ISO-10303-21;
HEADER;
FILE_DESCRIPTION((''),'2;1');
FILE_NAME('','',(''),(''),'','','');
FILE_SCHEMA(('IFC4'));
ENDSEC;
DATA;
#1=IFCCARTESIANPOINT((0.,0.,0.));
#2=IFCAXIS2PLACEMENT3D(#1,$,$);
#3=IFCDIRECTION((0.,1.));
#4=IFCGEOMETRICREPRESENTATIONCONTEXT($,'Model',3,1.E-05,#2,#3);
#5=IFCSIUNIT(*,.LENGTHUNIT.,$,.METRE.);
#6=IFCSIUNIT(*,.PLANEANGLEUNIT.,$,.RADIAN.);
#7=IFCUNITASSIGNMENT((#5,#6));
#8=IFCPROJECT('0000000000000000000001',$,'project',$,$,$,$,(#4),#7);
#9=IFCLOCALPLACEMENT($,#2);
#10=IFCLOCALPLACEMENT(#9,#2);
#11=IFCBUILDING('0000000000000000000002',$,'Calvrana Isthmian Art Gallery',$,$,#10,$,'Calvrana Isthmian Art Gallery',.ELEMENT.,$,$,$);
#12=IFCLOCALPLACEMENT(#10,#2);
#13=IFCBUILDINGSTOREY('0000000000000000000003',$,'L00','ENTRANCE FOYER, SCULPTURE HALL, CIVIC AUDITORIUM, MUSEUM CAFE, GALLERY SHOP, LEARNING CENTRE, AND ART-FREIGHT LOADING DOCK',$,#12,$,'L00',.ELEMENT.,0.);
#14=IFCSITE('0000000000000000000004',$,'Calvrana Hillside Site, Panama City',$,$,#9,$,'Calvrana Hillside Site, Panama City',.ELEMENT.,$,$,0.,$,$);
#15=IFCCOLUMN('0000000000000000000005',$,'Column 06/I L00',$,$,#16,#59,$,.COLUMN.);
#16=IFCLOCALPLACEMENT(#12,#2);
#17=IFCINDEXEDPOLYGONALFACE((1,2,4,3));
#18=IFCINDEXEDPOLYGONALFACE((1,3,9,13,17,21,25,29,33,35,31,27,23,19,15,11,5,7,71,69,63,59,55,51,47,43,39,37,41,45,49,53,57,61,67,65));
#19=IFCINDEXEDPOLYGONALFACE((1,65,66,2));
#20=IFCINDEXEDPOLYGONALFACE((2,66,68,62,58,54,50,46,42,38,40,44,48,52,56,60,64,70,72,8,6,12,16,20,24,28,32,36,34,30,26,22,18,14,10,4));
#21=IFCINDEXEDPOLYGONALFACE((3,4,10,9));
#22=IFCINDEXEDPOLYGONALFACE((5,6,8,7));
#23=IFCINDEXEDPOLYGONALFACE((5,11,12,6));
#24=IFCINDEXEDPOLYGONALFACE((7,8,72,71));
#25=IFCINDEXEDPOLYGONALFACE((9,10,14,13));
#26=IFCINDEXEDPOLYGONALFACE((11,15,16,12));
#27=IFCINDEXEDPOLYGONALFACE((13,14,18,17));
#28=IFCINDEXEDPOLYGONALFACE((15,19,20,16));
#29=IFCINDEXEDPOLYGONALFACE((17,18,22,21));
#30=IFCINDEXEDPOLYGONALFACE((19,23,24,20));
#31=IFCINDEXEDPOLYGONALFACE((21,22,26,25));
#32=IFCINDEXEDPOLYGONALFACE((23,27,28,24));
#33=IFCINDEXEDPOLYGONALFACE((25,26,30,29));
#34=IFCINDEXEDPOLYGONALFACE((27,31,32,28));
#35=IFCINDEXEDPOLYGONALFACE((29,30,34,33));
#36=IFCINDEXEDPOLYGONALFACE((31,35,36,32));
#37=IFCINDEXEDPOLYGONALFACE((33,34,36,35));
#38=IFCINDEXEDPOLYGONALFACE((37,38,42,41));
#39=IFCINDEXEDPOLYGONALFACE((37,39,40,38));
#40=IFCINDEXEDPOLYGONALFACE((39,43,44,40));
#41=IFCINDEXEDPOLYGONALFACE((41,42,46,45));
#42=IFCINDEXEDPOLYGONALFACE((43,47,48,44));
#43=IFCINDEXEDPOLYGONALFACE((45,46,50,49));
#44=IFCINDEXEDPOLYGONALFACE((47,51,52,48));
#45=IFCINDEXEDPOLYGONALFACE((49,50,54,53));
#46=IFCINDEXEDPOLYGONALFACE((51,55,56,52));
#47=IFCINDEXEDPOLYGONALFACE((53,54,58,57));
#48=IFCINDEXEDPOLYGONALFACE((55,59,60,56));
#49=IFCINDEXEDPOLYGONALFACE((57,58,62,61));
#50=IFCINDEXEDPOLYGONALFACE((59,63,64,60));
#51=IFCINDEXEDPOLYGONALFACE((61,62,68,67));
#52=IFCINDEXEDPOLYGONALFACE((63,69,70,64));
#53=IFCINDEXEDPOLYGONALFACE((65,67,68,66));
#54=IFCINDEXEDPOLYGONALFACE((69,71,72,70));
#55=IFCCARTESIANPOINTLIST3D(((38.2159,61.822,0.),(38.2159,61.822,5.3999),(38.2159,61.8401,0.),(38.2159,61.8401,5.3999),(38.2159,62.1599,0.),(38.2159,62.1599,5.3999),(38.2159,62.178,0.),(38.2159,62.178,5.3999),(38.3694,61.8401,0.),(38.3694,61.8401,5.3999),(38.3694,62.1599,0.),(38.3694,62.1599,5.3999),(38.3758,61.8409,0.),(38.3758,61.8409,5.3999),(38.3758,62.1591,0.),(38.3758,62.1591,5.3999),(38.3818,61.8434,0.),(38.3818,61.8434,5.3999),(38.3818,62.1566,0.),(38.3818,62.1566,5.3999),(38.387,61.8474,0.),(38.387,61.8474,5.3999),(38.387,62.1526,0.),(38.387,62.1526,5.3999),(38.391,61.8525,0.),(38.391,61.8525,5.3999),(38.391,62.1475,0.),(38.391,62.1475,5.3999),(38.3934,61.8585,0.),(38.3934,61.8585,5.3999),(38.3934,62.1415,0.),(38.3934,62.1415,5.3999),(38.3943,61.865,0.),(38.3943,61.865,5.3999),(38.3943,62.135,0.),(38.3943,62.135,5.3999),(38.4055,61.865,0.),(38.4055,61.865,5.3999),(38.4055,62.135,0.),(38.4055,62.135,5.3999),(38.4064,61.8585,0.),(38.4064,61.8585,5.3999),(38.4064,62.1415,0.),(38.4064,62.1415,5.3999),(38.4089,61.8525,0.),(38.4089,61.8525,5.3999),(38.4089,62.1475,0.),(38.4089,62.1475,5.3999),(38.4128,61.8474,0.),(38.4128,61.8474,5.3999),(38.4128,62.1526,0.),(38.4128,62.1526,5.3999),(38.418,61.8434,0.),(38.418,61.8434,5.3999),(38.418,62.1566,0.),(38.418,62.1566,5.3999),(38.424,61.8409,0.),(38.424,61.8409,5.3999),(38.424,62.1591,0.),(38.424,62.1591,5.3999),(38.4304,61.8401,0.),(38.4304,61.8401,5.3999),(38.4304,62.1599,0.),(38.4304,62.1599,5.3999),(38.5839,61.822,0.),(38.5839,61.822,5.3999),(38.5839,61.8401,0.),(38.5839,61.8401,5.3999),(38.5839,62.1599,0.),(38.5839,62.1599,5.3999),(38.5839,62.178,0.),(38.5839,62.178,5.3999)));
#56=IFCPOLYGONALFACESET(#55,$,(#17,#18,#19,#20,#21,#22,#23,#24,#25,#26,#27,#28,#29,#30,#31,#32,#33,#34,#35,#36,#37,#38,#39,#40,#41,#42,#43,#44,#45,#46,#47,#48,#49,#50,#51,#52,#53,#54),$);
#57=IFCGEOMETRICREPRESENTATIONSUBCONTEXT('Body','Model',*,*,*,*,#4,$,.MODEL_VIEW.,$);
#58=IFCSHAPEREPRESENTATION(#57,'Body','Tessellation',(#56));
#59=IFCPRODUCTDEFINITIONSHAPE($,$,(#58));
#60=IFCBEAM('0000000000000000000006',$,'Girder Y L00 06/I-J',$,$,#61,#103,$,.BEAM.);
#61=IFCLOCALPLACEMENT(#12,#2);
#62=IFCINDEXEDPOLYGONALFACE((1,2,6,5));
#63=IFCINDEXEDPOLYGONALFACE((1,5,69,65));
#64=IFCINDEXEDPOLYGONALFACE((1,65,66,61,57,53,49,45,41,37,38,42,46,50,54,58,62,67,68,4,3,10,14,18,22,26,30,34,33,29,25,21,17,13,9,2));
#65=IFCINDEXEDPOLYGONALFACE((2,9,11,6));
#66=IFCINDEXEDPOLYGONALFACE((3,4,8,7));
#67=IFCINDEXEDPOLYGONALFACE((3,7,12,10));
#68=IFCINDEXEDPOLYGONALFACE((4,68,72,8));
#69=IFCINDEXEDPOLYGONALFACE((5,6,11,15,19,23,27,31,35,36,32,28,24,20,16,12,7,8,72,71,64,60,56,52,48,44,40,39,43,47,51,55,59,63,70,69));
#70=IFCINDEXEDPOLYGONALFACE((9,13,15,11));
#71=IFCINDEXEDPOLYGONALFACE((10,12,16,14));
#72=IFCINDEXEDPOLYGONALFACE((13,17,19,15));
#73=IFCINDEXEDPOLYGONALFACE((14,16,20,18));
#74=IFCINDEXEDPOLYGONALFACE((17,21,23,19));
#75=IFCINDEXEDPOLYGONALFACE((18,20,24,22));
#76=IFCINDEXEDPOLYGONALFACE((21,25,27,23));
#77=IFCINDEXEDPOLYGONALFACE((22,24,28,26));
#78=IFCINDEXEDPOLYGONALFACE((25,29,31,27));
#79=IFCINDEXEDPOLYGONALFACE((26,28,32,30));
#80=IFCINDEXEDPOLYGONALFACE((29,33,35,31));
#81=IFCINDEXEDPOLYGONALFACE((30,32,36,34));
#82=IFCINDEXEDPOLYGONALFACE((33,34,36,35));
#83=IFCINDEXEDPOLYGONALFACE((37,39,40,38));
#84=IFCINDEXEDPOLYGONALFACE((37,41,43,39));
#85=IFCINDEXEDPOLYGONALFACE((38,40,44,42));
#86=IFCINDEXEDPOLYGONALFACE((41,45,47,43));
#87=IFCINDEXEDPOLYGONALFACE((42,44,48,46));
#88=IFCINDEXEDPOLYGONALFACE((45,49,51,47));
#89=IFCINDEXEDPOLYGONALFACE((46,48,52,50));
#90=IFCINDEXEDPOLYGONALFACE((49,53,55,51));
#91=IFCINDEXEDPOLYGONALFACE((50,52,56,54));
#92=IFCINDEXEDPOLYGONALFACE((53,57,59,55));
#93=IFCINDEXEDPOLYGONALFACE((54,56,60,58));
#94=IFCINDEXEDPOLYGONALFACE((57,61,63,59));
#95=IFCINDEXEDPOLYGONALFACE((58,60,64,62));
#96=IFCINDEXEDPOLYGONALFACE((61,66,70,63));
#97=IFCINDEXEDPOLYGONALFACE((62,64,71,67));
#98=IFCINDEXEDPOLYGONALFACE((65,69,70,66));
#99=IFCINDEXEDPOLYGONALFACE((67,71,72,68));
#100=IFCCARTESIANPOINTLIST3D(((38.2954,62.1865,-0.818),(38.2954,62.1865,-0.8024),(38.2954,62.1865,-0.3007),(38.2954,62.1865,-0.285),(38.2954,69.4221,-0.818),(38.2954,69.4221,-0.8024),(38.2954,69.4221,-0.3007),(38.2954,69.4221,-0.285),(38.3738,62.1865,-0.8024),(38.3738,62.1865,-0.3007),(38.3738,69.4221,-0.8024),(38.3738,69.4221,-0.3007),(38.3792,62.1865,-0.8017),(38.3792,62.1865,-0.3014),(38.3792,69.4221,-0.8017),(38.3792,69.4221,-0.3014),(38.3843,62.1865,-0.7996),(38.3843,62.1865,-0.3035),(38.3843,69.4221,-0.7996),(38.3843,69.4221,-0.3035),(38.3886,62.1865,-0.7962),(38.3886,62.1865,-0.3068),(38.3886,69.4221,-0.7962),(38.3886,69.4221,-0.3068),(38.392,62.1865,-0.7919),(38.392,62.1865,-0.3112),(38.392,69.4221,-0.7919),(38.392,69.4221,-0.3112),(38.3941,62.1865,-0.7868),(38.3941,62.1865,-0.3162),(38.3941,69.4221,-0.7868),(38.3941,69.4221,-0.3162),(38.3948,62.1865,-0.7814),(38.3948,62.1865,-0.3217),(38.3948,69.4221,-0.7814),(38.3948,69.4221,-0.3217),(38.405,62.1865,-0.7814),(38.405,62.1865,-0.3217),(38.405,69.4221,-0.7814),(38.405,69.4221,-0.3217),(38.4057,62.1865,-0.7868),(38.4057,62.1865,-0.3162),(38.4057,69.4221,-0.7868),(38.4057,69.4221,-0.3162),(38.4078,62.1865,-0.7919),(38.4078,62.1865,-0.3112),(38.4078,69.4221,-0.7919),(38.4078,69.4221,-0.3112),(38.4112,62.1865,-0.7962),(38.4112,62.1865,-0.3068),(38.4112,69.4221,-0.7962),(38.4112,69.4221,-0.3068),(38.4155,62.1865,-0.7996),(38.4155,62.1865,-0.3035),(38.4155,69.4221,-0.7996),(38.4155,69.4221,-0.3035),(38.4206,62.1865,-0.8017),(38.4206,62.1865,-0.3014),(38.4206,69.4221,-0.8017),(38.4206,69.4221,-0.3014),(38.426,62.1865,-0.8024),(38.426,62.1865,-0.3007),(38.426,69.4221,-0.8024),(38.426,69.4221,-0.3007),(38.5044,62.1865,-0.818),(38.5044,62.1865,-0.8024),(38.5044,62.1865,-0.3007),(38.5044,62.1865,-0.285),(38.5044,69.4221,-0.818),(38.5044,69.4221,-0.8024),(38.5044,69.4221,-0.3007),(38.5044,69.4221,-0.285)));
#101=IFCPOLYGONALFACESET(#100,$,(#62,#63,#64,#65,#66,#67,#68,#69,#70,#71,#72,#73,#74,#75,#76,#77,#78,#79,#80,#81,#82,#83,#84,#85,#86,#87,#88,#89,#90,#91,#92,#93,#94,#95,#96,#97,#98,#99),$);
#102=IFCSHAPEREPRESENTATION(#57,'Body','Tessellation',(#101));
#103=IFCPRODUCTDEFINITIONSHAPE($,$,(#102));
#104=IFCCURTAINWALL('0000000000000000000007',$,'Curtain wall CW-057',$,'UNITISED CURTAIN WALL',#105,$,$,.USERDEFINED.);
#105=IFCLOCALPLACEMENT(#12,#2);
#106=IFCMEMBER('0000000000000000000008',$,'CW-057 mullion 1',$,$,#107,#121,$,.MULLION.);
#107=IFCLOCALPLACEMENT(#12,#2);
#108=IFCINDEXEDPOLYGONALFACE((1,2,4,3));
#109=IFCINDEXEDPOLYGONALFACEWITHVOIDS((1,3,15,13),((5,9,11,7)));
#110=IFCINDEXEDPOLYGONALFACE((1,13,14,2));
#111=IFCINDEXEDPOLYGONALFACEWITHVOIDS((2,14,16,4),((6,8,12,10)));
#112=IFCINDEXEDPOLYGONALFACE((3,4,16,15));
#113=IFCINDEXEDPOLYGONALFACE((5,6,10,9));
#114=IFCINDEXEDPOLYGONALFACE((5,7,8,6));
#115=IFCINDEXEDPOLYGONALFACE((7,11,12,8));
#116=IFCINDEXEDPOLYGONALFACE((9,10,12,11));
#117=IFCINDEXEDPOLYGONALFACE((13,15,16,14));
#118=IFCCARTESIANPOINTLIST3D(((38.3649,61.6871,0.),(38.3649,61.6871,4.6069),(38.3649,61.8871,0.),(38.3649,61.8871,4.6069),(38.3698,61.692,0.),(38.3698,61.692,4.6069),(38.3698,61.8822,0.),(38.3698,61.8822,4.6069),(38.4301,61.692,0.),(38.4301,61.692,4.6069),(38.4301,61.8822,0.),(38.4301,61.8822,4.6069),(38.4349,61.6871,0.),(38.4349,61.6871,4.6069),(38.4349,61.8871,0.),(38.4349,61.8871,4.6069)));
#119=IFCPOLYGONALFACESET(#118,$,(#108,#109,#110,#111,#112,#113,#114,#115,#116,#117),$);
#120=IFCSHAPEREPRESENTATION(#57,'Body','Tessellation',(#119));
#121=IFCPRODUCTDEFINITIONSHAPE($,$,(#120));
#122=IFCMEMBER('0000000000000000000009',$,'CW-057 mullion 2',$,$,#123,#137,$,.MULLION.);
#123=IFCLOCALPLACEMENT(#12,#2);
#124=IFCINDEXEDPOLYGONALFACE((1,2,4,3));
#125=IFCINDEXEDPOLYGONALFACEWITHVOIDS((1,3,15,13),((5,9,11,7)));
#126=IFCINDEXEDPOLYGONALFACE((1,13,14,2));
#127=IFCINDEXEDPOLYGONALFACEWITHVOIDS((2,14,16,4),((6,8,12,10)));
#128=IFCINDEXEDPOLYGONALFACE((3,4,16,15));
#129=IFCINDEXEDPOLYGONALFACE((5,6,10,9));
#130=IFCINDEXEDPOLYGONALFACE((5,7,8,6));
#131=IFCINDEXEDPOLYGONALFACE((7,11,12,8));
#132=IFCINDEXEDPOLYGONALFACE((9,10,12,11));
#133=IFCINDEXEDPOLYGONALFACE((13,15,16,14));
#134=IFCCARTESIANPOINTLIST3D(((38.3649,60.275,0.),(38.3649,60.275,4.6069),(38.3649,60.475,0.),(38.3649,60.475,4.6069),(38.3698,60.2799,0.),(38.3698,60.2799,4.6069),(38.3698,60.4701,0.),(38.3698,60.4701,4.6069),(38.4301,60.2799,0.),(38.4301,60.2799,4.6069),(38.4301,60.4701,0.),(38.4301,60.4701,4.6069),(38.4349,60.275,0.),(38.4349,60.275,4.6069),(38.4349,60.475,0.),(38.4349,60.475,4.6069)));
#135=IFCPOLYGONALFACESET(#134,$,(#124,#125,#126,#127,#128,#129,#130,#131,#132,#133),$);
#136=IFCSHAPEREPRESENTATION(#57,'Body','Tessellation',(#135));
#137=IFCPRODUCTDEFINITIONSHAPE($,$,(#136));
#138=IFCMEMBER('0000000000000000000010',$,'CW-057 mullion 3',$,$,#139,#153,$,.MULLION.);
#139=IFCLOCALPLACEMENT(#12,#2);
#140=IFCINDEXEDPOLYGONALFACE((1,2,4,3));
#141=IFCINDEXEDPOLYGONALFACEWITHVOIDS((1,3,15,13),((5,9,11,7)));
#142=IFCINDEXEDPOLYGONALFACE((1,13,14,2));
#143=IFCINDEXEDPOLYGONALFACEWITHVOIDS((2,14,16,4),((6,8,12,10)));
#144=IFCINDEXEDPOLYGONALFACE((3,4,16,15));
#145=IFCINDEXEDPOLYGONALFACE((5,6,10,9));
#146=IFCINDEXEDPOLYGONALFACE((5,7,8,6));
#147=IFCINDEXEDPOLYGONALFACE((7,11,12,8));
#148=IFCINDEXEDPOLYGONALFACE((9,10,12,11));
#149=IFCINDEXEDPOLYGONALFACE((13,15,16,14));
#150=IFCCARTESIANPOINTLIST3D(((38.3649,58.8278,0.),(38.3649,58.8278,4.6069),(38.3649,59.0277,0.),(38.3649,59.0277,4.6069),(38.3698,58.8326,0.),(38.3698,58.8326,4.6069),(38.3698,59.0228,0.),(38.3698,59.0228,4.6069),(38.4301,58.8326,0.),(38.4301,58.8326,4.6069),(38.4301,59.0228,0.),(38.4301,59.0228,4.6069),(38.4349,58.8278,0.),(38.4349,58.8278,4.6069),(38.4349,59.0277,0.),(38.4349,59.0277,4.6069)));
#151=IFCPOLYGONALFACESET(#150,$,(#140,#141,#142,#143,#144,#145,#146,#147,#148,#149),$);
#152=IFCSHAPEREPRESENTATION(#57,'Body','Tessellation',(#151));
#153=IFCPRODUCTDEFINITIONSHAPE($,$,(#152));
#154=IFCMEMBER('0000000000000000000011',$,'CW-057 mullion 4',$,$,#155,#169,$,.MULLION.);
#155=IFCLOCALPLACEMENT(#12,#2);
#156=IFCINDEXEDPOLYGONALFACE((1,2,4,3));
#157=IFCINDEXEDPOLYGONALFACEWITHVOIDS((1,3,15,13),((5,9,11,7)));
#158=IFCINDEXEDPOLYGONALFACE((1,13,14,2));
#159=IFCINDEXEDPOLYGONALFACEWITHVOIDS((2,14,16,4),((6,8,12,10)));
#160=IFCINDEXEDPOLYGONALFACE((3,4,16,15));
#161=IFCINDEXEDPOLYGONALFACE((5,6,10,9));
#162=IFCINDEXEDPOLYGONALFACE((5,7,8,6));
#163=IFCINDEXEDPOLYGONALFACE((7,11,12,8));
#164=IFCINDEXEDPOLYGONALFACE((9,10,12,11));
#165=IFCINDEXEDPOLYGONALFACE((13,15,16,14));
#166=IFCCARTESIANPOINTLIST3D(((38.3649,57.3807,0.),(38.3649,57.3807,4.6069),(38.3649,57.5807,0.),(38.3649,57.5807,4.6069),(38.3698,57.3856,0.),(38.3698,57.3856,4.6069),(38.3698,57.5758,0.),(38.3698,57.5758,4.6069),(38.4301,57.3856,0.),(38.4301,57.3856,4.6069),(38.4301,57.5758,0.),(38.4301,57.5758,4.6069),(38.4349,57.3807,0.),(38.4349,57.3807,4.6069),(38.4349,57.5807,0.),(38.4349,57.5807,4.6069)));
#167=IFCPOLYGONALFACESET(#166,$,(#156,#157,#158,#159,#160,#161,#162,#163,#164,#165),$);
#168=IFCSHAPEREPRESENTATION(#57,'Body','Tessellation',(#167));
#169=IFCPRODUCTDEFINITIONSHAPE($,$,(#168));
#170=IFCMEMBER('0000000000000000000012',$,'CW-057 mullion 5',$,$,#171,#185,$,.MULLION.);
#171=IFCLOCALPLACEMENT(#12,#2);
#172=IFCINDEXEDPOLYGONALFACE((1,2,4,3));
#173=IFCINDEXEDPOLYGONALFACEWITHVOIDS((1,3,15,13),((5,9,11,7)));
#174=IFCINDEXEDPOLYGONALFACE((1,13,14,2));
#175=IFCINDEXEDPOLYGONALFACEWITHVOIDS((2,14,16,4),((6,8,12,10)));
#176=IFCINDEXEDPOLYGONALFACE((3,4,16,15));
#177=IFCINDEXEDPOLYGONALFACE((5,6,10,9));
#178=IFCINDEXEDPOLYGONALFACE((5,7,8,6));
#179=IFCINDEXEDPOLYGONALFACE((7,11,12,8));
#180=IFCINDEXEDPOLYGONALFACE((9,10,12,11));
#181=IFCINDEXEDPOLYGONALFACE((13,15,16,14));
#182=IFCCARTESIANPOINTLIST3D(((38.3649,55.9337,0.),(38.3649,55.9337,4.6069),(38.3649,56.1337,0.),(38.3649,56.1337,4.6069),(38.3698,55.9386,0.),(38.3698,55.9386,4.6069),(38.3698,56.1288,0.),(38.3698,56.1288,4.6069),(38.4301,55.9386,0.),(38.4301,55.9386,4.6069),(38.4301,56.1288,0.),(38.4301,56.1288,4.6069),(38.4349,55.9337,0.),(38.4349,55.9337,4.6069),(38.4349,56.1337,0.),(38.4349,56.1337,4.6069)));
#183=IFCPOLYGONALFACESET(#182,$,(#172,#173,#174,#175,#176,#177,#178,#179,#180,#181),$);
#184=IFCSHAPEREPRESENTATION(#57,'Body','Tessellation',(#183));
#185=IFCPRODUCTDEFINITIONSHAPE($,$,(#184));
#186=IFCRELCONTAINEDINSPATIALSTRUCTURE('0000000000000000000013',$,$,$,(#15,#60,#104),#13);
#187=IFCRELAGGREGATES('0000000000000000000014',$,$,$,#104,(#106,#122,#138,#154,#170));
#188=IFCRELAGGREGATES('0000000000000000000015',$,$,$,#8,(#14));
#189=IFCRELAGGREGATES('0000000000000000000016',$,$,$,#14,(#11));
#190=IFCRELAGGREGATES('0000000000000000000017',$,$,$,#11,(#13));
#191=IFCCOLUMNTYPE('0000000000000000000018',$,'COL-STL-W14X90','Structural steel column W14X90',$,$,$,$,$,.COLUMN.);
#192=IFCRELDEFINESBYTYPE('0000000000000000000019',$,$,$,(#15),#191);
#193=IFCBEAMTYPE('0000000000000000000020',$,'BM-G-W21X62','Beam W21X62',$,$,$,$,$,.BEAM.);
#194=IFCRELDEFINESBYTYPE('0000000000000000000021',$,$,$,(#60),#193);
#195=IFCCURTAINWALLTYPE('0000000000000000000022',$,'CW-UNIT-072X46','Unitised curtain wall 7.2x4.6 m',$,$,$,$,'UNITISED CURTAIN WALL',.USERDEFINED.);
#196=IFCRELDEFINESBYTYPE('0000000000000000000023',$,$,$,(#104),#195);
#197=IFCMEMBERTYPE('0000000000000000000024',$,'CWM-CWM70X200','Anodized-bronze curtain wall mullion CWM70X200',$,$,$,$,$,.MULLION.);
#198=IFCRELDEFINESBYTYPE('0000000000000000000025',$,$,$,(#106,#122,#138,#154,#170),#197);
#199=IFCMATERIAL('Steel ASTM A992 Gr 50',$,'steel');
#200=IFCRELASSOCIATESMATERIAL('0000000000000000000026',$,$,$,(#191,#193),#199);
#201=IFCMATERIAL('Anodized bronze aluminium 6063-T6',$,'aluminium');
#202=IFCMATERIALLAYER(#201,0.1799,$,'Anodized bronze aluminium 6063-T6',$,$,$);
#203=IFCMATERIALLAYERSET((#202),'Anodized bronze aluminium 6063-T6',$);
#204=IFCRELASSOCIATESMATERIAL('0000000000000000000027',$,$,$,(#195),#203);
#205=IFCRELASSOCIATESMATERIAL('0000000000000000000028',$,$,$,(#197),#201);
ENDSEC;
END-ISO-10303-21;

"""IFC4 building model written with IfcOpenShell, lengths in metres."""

from ifc_helpers import new_model, si_unit, direction, frame, origin, origin_2d, place, context, subcontext, project, spatial, hollow_rectangle, i_section, extrude, material, layer, layer_set, material_profile, profile_set, type_object, element, aggregate, save


model = new_model("IFC4")

# Units and contexts
model_context = context("Model", 3, precision=1e-05, world=origin(), true_north=direction((0.0, 1.0)))
body_context = subcontext(model_context, "Body", "Model", "MODEL_VIEW")
ifc_project = project(units=[si_unit("LENGTHUNIT", "METRE"), si_unit("PLANEANGLEUNIT", "RADIAN")], contexts=[model_context])

# Site, building, storey
site_placement = place(None, origin())
site = spatial("IfcSite", under=ifc_project, at=site_placement, Name="Calvrana Hillside Site, Panama City", LongName="Calvrana Hillside Site, Panama City", CompositionType="ELEMENT", RefElevation=0.0)
building_placement = place(site_placement, origin())
building = spatial("IfcBuilding", under=site, at=building_placement, Name="Calvrana Isthmian Art Gallery", LongName="Calvrana Isthmian Art Gallery", CompositionType="ELEMENT")
storey_placement = place(building_placement, origin())
storey = spatial("IfcBuildingStorey", under=building, at=storey_placement, Name="L00", Description="ENTRANCE FOYER, SCULPTURE HALL, CIVIC AUDITORIUM, MUSEUM CAFE, GALLERY SHOP, LEARNING CENTRE, AND ART-FREIGHT LOADING DOCK", LongName="L00", CompositionType="ELEMENT", Elevation=0.0)

# Column
ifc_material_1 = material(Name="Steel ASTM A992 Gr 50", Category="steel")
ifc_material_profile_1 = material_profile(ifc_material_1, i_section(OverallWidth=0.3679, OverallDepth=0.356, WebThickness=0.0112, FlangeThickness=0.0181, FilletRadius=0.0249, at=origin_2d()), Name="W14X90")
ifc_profile_set_1 = profile_set([ifc_material_profile_1], Name="Steel ASTM A992 Gr 50")
column_type = type_object("IfcColumnType", Name="COL-STL-W14X90", Description="Structural steel column W14X90", PredefinedType="COLUMN", material=ifc_profile_set_1)
column_placement = place(storey_placement, frame((38.3999, 62.0, 0.0), z_axis=(0.0, 0.0, 1.0), x_axis=(1.0, 0.0, 0.0)))
element("IfcColumn", 1, at=column_placement, inside=storey, type_object=column_type, Name="Column 06/I L00", PredefinedType="COLUMN", context=body_context, shape_type="SweptSolid", body=[
    extrude(i_section(OverallWidth=0.3679, OverallDepth=0.356, WebThickness=0.0112, FlangeThickness=0.0181, FilletRadius=0.0249, at=origin_2d()), origin(), (0.0, 0.0, 1.0), 5.3999),
])

# Beam
ifc_material_profile_2 = material_profile(ifc_material_1, i_section(OverallWidth=0.209, OverallDepth=0.533, WebThickness=0.0103, FlangeThickness=0.0156, FilletRadius=0.021, at=origin_2d()), Name="W21X62")
ifc_profile_set_2 = profile_set([ifc_material_profile_2], Name="Steel ASTM A992 Gr 50")
beam_type = type_object("IfcBeamType", Name="BM-G-W21X62", Description="Beam W21X62", PredefinedType="BEAM", material=ifc_profile_set_2)
beam_placement = place(storey_placement, frame((38.3999, 62.1865, -0.5515), z_axis=(0.0, 1.0, 0.0), x_axis=(-1.0, 0.0, 0.0)))
element("IfcBeam", 2, at=beam_placement, inside=storey, type_object=beam_type, Name="Girder Y L00 06/I-J", PredefinedType="BEAM", context=body_context, shape_type="SweptSolid", body=[
    extrude(i_section(OverallWidth=0.209, OverallDepth=0.533, WebThickness=0.0103, FlangeThickness=0.0156, FilletRadius=0.021, at=origin_2d()), origin(), (0.0, 0.0, 1.0), 7.2356),
])

# Curtain wall, members
ifc_material_2 = material(Name="Anodized bronze aluminium 6063-T6", Category="aluminium")
ifc_layer_1 = layer(ifc_material_2, 0.1799, Name="Anodized bronze aluminium 6063-T6")
ifc_layer_set_1 = layer_set([ifc_layer_1], Name="Anodized bronze aluminium 6063-T6")
curtain_wall_type = type_object("IfcCurtainWallType", Name="CW-UNIT-072X46", Description="Unitised curtain wall 7.2x4.6 m", ElementType="UNITISED CURTAIN WALL", PredefinedType="USERDEFINED", material=ifc_layer_set_1)
curtain_wall_placement = place(storey_placement, origin())
curtain_wall = element("IfcCurtainWall", 3, at=curtain_wall_placement, inside=storey, type_object=curtain_wall_type, Name="Curtain wall CW-057", ObjectType="UNITISED CURTAIN WALL", PredefinedType="USERDEFINED")
ifc_material_profile_3 = material_profile(ifc_material_2, hollow_rectangle(XDim=0.0701, YDim=0.2, WallThickness=0.0049, at=origin_2d()), Name="CWM70X200")
ifc_profile_set_3 = profile_set([ifc_material_profile_3], Name="Anodized bronze aluminium 6063-T6")
member_type_1 = type_object("IfcMemberType", Name="CWM-CWM70X200", Description="Anodized-bronze curtain wall mullion CWM70X200", PredefinedType="MULLION", material=ifc_profile_set_3)
member_1_placement = place(storey_placement, frame((38.3999, 61.7871, 0.0), z_axis=(0.0, 0.0, 1.0), x_axis=(1.0, 0.0, 0.0)))
member_1 = element("IfcMember", 4, at=member_1_placement, type_object=member_type_1, Name="CW-057 mullion 1", PredefinedType="MULLION", context=body_context, shape_type="SweptSolid", body=[
    extrude(hollow_rectangle(XDim=0.0701, YDim=0.2, WallThickness=0.0049, at=origin_2d()), origin(), (0.0, 0.0, 1.0), 4.6069),
])
member_2_placement = place(storey_placement, frame((38.3999, 60.375, 0.0), z_axis=(0.0, 0.0, 1.0), x_axis=(1.0, 0.0, 0.0)))
member_2 = element("IfcMember", 5, at=member_2_placement, type_object=member_type_1, Name="CW-057 mullion 2", PredefinedType="MULLION", context=body_context, shape_type="SweptSolid", body=[
    extrude(hollow_rectangle(XDim=0.0701, YDim=0.2, WallThickness=0.0049, at=origin_2d()), origin(), (0.0, 0.0, 1.0), 4.6069),
])
member_3_placement = place(storey_placement, frame((38.3999, 58.9277, 0.0), z_axis=(0.0, 0.0, 1.0), x_axis=(1.0, 0.0, 0.0)))
member_3 = element("IfcMember", 6, at=member_3_placement, type_object=member_type_1, Name="CW-057 mullion 3", PredefinedType="MULLION", context=body_context, shape_type="SweptSolid", body=[
    extrude(hollow_rectangle(XDim=0.0701, YDim=0.2, WallThickness=0.0049, at=origin_2d()), origin(), (0.0, 0.0, 1.0), 4.6069),
])
member_4_placement = place(storey_placement, frame((38.3999, 57.4807, 0.0), z_axis=(0.0, 0.0, 1.0), x_axis=(1.0, 0.0, 0.0)))
member_4 = element("IfcMember", 7, at=member_4_placement, type_object=member_type_1, Name="CW-057 mullion 4", PredefinedType="MULLION", context=body_context, shape_type="SweptSolid", body=[
    extrude(hollow_rectangle(XDim=0.0701, YDim=0.2, WallThickness=0.0049, at=origin_2d()), origin(), (0.0, 0.0, 1.0), 4.6069),
])
member_5_placement = place(storey_placement, frame((38.3999, 56.0337, 0.0), z_axis=(0.0, 0.0, 1.0), x_axis=(1.0, 0.0, 0.0)))
member_5 = element("IfcMember", 8, at=member_5_placement, type_object=member_type_1, Name="CW-057 mullion 5", PredefinedType="MULLION", context=body_context, shape_type="SweptSolid", body=[
    extrude(hollow_rectangle(XDim=0.0701, YDim=0.2, WallThickness=0.0049, at=origin_2d()), origin(), (0.0, 0.0, 1.0), 4.6069),
])
aggregate(curtain_wall, [member_1, member_2, member_3, member_4, member_5])

save(model, "model.ifc")
